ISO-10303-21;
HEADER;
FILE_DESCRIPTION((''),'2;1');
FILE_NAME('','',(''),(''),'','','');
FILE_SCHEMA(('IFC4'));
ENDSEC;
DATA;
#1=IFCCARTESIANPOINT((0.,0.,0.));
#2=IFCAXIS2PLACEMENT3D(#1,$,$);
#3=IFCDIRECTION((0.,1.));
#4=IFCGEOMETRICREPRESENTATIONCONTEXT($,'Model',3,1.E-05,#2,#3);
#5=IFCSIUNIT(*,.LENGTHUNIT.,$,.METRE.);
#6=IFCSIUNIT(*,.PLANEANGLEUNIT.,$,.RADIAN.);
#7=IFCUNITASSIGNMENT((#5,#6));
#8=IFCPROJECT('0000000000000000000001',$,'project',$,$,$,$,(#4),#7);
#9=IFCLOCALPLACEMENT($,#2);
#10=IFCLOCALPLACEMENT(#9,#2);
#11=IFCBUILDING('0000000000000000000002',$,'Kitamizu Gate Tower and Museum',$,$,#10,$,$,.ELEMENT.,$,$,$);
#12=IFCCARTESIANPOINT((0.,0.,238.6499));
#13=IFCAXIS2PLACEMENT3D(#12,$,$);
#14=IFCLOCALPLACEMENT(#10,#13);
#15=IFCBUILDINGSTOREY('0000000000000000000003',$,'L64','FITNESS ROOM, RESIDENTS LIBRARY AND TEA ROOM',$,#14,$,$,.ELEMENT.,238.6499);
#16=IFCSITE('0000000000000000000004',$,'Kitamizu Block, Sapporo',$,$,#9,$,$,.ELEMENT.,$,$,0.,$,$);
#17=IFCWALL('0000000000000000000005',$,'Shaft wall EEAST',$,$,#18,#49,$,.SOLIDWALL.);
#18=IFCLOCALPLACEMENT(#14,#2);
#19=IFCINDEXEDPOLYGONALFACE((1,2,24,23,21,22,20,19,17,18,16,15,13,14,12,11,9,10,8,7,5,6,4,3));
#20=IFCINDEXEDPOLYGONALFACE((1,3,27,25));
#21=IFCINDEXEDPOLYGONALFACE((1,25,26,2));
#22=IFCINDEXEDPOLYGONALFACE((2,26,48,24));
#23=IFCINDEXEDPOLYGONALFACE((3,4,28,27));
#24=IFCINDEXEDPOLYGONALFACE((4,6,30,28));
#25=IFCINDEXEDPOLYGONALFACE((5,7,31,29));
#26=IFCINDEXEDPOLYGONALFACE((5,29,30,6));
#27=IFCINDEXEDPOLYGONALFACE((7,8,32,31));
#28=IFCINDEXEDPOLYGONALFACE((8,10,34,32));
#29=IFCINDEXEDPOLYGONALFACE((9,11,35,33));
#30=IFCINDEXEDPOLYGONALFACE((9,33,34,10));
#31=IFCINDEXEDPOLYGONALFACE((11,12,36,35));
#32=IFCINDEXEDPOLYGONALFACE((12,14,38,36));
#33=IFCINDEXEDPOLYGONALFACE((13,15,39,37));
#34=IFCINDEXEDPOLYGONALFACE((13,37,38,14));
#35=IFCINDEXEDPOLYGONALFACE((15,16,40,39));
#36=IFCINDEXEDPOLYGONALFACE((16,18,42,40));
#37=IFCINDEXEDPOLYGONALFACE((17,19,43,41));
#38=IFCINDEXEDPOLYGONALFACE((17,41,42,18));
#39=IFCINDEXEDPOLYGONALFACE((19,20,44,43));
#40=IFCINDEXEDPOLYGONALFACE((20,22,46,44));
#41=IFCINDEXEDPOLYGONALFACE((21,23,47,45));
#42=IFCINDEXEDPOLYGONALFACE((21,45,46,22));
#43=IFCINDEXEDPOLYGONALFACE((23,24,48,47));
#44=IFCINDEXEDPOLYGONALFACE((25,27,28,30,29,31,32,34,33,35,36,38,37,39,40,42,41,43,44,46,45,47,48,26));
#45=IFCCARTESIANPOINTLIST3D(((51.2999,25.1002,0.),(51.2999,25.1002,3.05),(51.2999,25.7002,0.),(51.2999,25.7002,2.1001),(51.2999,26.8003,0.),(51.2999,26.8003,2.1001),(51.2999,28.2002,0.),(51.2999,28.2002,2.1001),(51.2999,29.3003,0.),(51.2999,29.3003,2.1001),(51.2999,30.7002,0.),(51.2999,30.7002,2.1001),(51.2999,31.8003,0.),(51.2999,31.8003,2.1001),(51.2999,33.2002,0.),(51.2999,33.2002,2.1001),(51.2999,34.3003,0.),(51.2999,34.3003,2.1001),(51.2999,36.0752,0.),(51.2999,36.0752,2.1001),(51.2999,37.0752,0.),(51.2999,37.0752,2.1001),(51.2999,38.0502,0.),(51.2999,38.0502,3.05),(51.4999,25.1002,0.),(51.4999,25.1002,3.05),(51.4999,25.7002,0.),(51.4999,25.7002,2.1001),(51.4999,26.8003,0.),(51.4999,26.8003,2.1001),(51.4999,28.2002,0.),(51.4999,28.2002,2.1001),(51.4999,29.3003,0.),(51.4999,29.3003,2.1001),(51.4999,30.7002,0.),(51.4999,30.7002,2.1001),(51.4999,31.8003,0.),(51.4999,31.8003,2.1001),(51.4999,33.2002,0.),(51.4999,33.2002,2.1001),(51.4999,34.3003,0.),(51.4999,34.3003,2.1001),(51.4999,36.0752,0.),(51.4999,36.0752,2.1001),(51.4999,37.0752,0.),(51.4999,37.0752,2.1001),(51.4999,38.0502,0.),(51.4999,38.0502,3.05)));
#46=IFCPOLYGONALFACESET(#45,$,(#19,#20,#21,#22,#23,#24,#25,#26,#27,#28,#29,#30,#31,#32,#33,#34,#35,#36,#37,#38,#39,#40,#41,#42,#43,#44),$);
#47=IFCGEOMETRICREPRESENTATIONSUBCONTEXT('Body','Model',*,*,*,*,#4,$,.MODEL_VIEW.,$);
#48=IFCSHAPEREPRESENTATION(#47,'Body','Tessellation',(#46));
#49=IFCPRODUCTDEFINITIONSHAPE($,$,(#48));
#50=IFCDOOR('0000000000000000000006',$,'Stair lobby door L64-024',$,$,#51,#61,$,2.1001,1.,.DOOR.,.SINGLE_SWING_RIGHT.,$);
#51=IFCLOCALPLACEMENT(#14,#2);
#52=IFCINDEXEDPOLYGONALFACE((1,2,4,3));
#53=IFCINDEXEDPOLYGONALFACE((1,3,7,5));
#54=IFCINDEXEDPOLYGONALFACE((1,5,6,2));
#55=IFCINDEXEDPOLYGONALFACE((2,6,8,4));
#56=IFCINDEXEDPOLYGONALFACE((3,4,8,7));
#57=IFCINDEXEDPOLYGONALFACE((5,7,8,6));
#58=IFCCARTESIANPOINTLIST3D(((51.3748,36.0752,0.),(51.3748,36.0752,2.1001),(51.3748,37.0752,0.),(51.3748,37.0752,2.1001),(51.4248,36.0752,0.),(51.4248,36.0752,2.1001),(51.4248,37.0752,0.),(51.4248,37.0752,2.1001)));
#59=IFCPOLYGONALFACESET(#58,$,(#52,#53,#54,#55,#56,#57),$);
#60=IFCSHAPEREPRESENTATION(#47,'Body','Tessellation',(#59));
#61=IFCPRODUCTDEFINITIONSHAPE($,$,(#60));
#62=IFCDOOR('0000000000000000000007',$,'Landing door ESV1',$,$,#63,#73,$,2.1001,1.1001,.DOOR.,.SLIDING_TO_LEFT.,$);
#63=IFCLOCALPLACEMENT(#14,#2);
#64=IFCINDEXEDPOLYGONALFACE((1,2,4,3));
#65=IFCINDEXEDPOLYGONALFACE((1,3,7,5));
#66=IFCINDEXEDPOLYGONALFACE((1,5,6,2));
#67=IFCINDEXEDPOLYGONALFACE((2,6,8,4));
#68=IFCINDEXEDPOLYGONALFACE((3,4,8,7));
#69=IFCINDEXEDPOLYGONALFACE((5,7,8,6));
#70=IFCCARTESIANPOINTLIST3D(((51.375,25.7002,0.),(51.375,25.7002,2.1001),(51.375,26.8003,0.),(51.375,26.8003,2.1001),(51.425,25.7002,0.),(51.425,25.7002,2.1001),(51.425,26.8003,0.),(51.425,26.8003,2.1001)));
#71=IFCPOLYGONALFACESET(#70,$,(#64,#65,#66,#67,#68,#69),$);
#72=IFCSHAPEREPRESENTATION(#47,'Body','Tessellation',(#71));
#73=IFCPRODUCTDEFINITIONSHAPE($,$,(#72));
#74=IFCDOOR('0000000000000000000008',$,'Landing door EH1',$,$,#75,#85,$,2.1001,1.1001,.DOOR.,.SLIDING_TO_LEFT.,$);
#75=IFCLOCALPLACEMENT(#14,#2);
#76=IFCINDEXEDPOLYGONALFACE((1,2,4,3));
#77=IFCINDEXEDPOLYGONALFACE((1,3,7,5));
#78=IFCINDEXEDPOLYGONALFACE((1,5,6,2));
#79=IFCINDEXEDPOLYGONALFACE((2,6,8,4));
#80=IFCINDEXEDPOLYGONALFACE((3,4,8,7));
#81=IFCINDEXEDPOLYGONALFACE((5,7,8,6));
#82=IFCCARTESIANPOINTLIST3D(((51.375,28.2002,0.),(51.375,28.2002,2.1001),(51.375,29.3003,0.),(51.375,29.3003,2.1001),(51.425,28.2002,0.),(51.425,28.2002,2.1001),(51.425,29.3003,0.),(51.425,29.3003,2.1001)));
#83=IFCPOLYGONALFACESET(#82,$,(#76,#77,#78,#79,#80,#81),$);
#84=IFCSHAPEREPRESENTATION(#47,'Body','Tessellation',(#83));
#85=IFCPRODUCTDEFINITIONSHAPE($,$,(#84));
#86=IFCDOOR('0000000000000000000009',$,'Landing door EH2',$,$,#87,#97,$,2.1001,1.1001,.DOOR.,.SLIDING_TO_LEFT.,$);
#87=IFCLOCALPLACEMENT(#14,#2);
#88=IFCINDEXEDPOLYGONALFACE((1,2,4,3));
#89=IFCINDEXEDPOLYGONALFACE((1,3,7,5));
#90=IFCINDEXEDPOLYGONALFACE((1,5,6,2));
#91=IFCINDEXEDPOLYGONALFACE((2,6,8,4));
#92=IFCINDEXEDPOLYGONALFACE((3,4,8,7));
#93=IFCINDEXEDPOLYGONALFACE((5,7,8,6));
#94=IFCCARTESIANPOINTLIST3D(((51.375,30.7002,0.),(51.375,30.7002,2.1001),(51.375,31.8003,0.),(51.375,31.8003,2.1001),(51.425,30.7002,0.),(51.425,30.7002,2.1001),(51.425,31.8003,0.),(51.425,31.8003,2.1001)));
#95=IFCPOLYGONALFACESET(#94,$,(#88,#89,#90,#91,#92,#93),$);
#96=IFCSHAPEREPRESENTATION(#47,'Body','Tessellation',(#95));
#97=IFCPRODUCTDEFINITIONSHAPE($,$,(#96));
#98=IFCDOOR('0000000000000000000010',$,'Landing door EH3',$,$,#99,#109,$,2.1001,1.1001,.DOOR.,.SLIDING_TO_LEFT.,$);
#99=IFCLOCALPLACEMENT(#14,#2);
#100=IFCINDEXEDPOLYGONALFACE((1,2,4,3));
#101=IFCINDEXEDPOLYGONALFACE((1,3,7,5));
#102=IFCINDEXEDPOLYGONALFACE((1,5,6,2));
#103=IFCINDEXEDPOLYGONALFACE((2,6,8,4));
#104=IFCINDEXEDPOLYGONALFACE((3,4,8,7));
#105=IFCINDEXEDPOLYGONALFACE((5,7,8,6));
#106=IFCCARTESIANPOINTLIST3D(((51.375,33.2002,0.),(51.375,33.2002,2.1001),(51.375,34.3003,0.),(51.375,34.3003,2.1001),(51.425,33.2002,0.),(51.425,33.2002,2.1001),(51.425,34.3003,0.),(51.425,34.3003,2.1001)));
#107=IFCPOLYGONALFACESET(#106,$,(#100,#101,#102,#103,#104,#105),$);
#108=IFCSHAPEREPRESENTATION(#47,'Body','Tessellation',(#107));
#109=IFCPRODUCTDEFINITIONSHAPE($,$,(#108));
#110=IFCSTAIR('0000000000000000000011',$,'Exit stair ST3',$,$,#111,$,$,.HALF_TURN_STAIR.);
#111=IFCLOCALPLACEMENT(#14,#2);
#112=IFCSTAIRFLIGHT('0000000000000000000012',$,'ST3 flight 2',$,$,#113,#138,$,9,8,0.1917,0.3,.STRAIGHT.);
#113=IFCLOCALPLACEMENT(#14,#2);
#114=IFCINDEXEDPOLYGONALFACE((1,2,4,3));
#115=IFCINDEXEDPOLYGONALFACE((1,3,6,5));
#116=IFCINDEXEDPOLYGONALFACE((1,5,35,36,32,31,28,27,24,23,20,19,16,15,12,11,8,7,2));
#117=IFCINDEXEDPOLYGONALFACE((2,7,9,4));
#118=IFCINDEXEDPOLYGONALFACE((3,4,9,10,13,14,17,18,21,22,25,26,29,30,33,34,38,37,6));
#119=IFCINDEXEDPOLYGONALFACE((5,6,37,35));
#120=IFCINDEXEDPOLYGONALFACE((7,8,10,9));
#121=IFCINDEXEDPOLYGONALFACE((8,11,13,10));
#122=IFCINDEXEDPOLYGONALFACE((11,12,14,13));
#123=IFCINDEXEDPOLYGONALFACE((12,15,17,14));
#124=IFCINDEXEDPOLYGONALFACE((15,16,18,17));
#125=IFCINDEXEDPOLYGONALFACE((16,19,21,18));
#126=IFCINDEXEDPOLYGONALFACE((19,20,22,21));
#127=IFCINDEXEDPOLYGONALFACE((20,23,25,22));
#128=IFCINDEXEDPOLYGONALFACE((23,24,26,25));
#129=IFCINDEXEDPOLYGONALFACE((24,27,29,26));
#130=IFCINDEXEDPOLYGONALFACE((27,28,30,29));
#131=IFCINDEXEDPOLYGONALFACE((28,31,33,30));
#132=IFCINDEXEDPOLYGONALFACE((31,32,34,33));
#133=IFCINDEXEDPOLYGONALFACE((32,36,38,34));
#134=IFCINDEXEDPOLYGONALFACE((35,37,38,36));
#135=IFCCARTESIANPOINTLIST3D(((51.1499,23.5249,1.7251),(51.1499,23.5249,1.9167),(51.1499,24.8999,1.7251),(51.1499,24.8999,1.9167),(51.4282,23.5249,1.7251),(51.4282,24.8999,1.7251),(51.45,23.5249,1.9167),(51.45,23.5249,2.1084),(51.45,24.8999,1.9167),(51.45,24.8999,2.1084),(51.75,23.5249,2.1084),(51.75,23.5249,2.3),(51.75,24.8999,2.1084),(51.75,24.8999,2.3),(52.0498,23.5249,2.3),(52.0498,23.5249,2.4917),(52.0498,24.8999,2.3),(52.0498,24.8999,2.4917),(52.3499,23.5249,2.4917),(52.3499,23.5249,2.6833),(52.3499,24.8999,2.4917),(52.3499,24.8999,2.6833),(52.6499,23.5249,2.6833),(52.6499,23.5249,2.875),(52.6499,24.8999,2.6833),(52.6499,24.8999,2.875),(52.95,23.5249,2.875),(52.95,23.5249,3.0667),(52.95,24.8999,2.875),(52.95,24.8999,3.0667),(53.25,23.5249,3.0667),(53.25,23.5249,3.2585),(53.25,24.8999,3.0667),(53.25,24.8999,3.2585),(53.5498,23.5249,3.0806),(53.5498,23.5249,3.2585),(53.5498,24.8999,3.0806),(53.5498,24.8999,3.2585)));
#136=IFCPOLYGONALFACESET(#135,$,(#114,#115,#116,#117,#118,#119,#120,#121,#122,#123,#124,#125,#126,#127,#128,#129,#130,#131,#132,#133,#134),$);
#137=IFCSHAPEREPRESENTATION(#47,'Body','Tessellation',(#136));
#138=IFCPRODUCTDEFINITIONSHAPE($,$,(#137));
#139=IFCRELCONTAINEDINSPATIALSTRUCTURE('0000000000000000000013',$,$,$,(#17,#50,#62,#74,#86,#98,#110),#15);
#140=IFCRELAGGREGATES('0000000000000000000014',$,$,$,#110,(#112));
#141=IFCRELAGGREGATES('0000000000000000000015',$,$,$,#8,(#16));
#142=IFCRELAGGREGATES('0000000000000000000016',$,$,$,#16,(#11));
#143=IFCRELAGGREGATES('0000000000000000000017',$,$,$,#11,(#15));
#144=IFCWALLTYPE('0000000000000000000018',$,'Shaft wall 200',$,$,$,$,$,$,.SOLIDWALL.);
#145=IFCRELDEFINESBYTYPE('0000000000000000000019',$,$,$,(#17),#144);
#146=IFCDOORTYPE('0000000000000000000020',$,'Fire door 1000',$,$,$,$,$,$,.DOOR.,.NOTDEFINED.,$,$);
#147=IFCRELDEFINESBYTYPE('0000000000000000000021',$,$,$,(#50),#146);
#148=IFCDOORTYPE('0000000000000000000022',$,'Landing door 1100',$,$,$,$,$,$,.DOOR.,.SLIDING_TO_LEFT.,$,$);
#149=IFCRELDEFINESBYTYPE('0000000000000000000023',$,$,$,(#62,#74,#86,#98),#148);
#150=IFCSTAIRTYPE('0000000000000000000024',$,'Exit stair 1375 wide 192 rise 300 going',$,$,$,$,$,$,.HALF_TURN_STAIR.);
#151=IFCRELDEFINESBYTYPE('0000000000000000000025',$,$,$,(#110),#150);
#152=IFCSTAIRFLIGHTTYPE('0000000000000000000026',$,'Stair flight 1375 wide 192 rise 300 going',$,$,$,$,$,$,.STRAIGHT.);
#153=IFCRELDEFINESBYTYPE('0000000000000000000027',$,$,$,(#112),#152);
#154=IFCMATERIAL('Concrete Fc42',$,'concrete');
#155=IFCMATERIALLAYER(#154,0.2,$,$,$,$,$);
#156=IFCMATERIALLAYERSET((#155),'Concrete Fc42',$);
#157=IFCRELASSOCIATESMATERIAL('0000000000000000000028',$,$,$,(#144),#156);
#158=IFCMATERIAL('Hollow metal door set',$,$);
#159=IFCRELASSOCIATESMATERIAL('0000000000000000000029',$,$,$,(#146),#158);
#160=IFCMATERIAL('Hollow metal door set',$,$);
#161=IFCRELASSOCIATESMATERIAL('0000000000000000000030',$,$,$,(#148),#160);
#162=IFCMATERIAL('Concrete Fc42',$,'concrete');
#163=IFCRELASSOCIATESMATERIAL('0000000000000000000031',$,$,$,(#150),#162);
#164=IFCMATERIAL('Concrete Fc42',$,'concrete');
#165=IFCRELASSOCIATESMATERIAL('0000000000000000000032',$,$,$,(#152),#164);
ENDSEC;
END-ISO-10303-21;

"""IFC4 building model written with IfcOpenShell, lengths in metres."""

from ifc_helpers import new_model, si_unit, direction, frame, frame_2d, origin, place, context, subcontext, project, spatial, polyline, rectangle, outline, extrude, material, layer, layer_set, type_object, element, fill, aggregate, save


model = new_model("IFC4")

# Units and contexts
model_context = context("Model", 3, precision=1e-05, world=origin(), true_north=direction((0.0, 1.0)))
body_context = subcontext(model_context, "Body", "Model", "MODEL_VIEW")
ifc_project = project(units=[si_unit("LENGTHUNIT", "METRE"), si_unit("PLANEANGLEUNIT", "RADIAN")], contexts=[model_context])

# Site, building, storey
site_placement = place(None, origin())
site = spatial("IfcSite", under=ifc_project, at=site_placement, Name="Kitamizu Block, Sapporo", CompositionType="ELEMENT", RefElevation=0.0)
building_placement = place(site_placement, origin())
building = spatial("IfcBuilding", under=site, at=building_placement, Name="Kitamizu Gate Tower and Museum", CompositionType="ELEMENT")
storey_placement = place(building_placement, frame((0.0, 0.0, 238.6499)))
storey = spatial("IfcBuildingStorey", under=building, at=storey_placement, Name="L64", Description="FITNESS ROOM, RESIDENTS LIBRARY AND TEA ROOM", CompositionType="ELEMENT", Elevation=238.6499)

# Wall, openings, doors
ifc_material_1 = material(Name="Concrete Fc42", Category="concrete")
ifc_layer_1 = layer(ifc_material_1, 0.2)
ifc_layer_set_1 = layer_set([ifc_layer_1], Name="Concrete Fc42")
wall_type_1 = type_object("IfcWallType", Name="Shaft wall 200", PredefinedType="SOLIDWALL", material=ifc_layer_set_1)
wall_1_placement = place(storey_placement, frame((51.3999, 25.1001, 0.0), z_axis=(0.0, 0.0, 1.0), x_axis=(0.0, 1.0, 0.0)))
wall_1 = element("IfcWall", 1, at=wall_1_placement, inside=storey, type_object=wall_type_1, Name="Shaft wall EEAST", PredefinedType="SOLIDWALL", context=body_context, shape_type="SweptSolid", body=[
    extrude(rectangle(XDim=12.95, YDim=0.2, at=frame_2d((6.4751, 0.0))), origin(), (0.0, 0.0, 1.0), 3.05),
])
opening_1_placement = place(wall_1_placement, frame((0.6001, 0.0, 0.0)))
opening_1 = element("IfcOpeningElement", 2, at=opening_1_placement, cuts=wall_1, PredefinedType="OPENING", context=body_context, shape_type="SweptSolid", body=[
    extrude(rectangle(XDim=1.1001, YDim=2.1001, at=frame_2d((0.55, 1.05))), frame((0.0, 0.1099, 0.0), z_axis=(0.0, -1.0, 0.0), x_axis=(1.0, 0.0, 0.0)), (0.0, 0.0, 1.0), 0.22),
])
opening_2_placement = place(wall_1_placement, frame((3.1001, 0.0, 0.0)))
opening_2 = element("IfcOpeningElement", 3, at=opening_2_placement, cuts=wall_1, PredefinedType="OPENING", context=body_context, shape_type="SweptSolid", body=[
    extrude(rectangle(XDim=1.1001, YDim=2.1001, at=frame_2d((0.55, 1.05))), frame((0.0, 0.1099, 0.0), z_axis=(0.0, -1.0, 0.0), x_axis=(1.0, 0.0, 0.0)), (0.0, 0.0, 1.0), 0.22),
])
opening_3_placement = place(wall_1_placement, frame((5.6001, 0.0, 0.0)))
opening_3 = element("IfcOpeningElement", 4, at=opening_3_placement, cuts=wall_1, PredefinedType="OPENING", context=body_context, shape_type="SweptSolid", body=[
    extrude(rectangle(XDim=1.1001, YDim=2.1001, at=frame_2d((0.55, 1.05))), frame((0.0, 0.1099, 0.0), z_axis=(0.0, -1.0, 0.0), x_axis=(1.0, 0.0, 0.0)), (0.0, 0.0, 1.0), 0.22),
])
opening_4_placement = place(wall_1_placement, frame((8.1001, 0.0, 0.0)))
opening_4 = element("IfcOpeningElement", 5, at=opening_4_placement, cuts=wall_1, PredefinedType="OPENING", context=body_context, shape_type="SweptSolid", body=[
    extrude(rectangle(XDim=1.1001, YDim=2.1001, at=frame_2d((0.55, 1.05))), frame((0.0, 0.1099, 0.0), z_axis=(0.0, -1.0, 0.0), x_axis=(1.0, 0.0, 0.0)), (0.0, 0.0, 1.0), 0.22),
])
opening_5_placement = place(wall_1_placement, frame((10.9751, 0.0, 0.0)))
opening_5 = element("IfcOpeningElement", 6, at=opening_5_placement, cuts=wall_1, PredefinedType="OPENING", context=body_context, shape_type="SweptSolid", body=[
    extrude(rectangle(XDim=1.0, YDim=2.1001, at=frame_2d((0.5, 1.05))), frame((0.0, 0.1099, 0.0), z_axis=(0.0, -1.0, 0.0), x_axis=(1.0, 0.0, 0.0)), (0.0, 0.0, 1.0), 0.22),
])
ifc_material_2 = material(Name="Hollow metal door set")
door_type_1 = type_object("IfcDoorType", Name="Fire door 1000", OperationType="NOTDEFINED", PredefinedType="DOOR", material=ifc_material_2)
door_1_placement = place(opening_5_placement, frame((1.0, 0.0, 0.0), x_axis=(-1.0, 0.0, 0.0)))
door_1 = element("IfcDoor", 7, at=door_1_placement, inside=storey, type_object=door_type_1, Name="Stair lobby door L64-024", OperationType="SINGLE_SWING_RIGHT", OverallHeight=2.1001, OverallWidth=1.0, PredefinedType="DOOR", context=body_context, shape_type="SweptSolid", body=[
    extrude(rectangle(XDim=1.0, YDim=2.1001, at=frame_2d((0.5, 1.05))), frame((0.0, 0.0249, 0.0), z_axis=(0.0, -1.0, 0.0), x_axis=(1.0, 0.0, 0.0)), (0.0, 0.0, 1.0), 0.05),
])
fill(opening_5, door_1)
ifc_material_3 = material(Name="Hollow metal door set")
door_type_2 = type_object("IfcDoorType", Name="Landing door 1100", OperationType="SLIDING_TO_LEFT", PredefinedType="DOOR", material=ifc_material_3)
door_2_placement = place(opening_1_placement, origin())
door_2 = element("IfcDoor", 8, at=door_2_placement, inside=storey, type_object=door_type_2, Name="Landing door ESV1", OperationType="SLIDING_TO_LEFT", OverallHeight=2.1001, OverallWidth=1.1001, PredefinedType="DOOR", context=body_context, shape_type="SweptSolid", body=[
    extrude(rectangle(XDim=1.1001, YDim=2.1001, at=frame_2d((0.55, 1.05))), frame((0.0, 0.0249, 0.0), z_axis=(0.0, -1.0, 0.0), x_axis=(1.0, 0.0, 0.0)), (0.0, 0.0, 1.0), 0.05),
])
fill(opening_1, door_2)
door_3_placement = place(opening_2_placement, origin())
door_3 = element("IfcDoor", 9, at=door_3_placement, inside=storey, type_object=door_type_2, Name="Landing door EH1", OperationType="SLIDING_TO_LEFT", OverallHeight=2.1001, OverallWidth=1.1001, PredefinedType="DOOR", context=body_context, shape_type="SweptSolid", body=[
    extrude(rectangle(XDim=1.1001, YDim=2.1001, at=frame_2d((0.55, 1.05))), frame((0.0, 0.0249, 0.0), z_axis=(0.0, -1.0, 0.0), x_axis=(1.0, 0.0, 0.0)), (0.0, 0.0, 1.0), 0.05),
])
fill(opening_2, door_3)
door_4_placement = place(opening_3_placement, origin())
door_4 = element("IfcDoor", 10, at=door_4_placement, inside=storey, type_object=door_type_2, Name="Landing door EH2", OperationType="SLIDING_TO_LEFT", OverallHeight=2.1001, OverallWidth=1.1001, PredefinedType="DOOR", context=body_context, shape_type="SweptSolid", body=[
    extrude(rectangle(XDim=1.1001, YDim=2.1001, at=frame_2d((0.55, 1.05))), frame((0.0, 0.0249, 0.0), z_axis=(0.0, -1.0, 0.0), x_axis=(1.0, 0.0, 0.0)), (0.0, 0.0, 1.0), 0.05),
])
fill(opening_3, door_4)
door_5_placement = place(opening_4_placement, origin())
door_5 = element("IfcDoor", 11, at=door_5_placement, inside=storey, type_object=door_type_2, Name="Landing door EH3", OperationType="SLIDING_TO_LEFT", OverallHeight=2.1001, OverallWidth=1.1001, PredefinedType="DOOR", context=body_context, shape_type="SweptSolid", body=[
    extrude(rectangle(XDim=1.1001, YDim=2.1001, at=frame_2d((0.55, 1.05))), frame((0.0, 0.0249, 0.0), z_axis=(0.0, -1.0, 0.0), x_axis=(1.0, 0.0, 0.0)), (0.0, 0.0, 1.0), 0.05),
])
fill(opening_4, door_5)

# Stair, stair flight
ifc_material_4 = material(Name="Concrete Fc42", Category="concrete")
stair_type = type_object("IfcStairType", Name="Exit stair 1375 wide 192 rise 300 going", PredefinedType="HALF_TURN_STAIR", material=ifc_material_4)
stair_placement = place(storey_placement, origin())
stair = element("IfcStair", 12, at=stair_placement, inside=storey, type_object=stair_type, Name="Exit stair ST3", PredefinedType="HALF_TURN_STAIR")
ifc_material_5 = material(Name="Concrete Fc42", Category="concrete")
stair_flight_type = type_object("IfcStairFlightType", Name="Stair flight 1375 wide 192 rise 300 going", PredefinedType="STRAIGHT", material=ifc_material_5)
stair_flight_placement = place(storey_placement, frame((51.1499, 24.2124, 1.7251), z_axis=(0.0, 0.0, 1.0), x_axis=(1.0, 0.0, 0.0)))
stair_flight = element("IfcStairFlight", 13, at=stair_flight_placement, type_object=stair_flight_type, Name="ST3 flight 2", NumberOfRisers=9, NumberOfTreads=8, PredefinedType="STRAIGHT", RiserHeight=0.1917, TreadLength=0.3, context=body_context, shape_type="SweptSolid", body=[
    extrude(outline(polyline([(0.0, 0.0), (0.0, 0.1917), (0.3, 0.1917), (0.3, 0.3833), (0.6001, 0.3833), (0.6001, 0.575), (0.8999, 0.575), (0.8999, 0.7666), (1.2, 0.7666), (1.2, 0.9583), (1.5, 0.9583), (1.5, 1.1499), (1.8, 1.1499), (1.8, 1.3416), (2.1001, 1.3416), (2.1001, 1.5334), (2.3999, 1.5334), (2.3999, 1.7251), (2.3999, 1.3555), (0.2783, 0.0), (0.0, 0.0)])), frame((0.0, 0.6875, 0.0), z_axis=(0.0, -1.0, 0.0), x_axis=(1.0, 0.0, 0.0)), (0.0, 0.0, 1.0), 1.375),
])
aggregate(stair, [stair_flight])

save(model, "model.ifc")
